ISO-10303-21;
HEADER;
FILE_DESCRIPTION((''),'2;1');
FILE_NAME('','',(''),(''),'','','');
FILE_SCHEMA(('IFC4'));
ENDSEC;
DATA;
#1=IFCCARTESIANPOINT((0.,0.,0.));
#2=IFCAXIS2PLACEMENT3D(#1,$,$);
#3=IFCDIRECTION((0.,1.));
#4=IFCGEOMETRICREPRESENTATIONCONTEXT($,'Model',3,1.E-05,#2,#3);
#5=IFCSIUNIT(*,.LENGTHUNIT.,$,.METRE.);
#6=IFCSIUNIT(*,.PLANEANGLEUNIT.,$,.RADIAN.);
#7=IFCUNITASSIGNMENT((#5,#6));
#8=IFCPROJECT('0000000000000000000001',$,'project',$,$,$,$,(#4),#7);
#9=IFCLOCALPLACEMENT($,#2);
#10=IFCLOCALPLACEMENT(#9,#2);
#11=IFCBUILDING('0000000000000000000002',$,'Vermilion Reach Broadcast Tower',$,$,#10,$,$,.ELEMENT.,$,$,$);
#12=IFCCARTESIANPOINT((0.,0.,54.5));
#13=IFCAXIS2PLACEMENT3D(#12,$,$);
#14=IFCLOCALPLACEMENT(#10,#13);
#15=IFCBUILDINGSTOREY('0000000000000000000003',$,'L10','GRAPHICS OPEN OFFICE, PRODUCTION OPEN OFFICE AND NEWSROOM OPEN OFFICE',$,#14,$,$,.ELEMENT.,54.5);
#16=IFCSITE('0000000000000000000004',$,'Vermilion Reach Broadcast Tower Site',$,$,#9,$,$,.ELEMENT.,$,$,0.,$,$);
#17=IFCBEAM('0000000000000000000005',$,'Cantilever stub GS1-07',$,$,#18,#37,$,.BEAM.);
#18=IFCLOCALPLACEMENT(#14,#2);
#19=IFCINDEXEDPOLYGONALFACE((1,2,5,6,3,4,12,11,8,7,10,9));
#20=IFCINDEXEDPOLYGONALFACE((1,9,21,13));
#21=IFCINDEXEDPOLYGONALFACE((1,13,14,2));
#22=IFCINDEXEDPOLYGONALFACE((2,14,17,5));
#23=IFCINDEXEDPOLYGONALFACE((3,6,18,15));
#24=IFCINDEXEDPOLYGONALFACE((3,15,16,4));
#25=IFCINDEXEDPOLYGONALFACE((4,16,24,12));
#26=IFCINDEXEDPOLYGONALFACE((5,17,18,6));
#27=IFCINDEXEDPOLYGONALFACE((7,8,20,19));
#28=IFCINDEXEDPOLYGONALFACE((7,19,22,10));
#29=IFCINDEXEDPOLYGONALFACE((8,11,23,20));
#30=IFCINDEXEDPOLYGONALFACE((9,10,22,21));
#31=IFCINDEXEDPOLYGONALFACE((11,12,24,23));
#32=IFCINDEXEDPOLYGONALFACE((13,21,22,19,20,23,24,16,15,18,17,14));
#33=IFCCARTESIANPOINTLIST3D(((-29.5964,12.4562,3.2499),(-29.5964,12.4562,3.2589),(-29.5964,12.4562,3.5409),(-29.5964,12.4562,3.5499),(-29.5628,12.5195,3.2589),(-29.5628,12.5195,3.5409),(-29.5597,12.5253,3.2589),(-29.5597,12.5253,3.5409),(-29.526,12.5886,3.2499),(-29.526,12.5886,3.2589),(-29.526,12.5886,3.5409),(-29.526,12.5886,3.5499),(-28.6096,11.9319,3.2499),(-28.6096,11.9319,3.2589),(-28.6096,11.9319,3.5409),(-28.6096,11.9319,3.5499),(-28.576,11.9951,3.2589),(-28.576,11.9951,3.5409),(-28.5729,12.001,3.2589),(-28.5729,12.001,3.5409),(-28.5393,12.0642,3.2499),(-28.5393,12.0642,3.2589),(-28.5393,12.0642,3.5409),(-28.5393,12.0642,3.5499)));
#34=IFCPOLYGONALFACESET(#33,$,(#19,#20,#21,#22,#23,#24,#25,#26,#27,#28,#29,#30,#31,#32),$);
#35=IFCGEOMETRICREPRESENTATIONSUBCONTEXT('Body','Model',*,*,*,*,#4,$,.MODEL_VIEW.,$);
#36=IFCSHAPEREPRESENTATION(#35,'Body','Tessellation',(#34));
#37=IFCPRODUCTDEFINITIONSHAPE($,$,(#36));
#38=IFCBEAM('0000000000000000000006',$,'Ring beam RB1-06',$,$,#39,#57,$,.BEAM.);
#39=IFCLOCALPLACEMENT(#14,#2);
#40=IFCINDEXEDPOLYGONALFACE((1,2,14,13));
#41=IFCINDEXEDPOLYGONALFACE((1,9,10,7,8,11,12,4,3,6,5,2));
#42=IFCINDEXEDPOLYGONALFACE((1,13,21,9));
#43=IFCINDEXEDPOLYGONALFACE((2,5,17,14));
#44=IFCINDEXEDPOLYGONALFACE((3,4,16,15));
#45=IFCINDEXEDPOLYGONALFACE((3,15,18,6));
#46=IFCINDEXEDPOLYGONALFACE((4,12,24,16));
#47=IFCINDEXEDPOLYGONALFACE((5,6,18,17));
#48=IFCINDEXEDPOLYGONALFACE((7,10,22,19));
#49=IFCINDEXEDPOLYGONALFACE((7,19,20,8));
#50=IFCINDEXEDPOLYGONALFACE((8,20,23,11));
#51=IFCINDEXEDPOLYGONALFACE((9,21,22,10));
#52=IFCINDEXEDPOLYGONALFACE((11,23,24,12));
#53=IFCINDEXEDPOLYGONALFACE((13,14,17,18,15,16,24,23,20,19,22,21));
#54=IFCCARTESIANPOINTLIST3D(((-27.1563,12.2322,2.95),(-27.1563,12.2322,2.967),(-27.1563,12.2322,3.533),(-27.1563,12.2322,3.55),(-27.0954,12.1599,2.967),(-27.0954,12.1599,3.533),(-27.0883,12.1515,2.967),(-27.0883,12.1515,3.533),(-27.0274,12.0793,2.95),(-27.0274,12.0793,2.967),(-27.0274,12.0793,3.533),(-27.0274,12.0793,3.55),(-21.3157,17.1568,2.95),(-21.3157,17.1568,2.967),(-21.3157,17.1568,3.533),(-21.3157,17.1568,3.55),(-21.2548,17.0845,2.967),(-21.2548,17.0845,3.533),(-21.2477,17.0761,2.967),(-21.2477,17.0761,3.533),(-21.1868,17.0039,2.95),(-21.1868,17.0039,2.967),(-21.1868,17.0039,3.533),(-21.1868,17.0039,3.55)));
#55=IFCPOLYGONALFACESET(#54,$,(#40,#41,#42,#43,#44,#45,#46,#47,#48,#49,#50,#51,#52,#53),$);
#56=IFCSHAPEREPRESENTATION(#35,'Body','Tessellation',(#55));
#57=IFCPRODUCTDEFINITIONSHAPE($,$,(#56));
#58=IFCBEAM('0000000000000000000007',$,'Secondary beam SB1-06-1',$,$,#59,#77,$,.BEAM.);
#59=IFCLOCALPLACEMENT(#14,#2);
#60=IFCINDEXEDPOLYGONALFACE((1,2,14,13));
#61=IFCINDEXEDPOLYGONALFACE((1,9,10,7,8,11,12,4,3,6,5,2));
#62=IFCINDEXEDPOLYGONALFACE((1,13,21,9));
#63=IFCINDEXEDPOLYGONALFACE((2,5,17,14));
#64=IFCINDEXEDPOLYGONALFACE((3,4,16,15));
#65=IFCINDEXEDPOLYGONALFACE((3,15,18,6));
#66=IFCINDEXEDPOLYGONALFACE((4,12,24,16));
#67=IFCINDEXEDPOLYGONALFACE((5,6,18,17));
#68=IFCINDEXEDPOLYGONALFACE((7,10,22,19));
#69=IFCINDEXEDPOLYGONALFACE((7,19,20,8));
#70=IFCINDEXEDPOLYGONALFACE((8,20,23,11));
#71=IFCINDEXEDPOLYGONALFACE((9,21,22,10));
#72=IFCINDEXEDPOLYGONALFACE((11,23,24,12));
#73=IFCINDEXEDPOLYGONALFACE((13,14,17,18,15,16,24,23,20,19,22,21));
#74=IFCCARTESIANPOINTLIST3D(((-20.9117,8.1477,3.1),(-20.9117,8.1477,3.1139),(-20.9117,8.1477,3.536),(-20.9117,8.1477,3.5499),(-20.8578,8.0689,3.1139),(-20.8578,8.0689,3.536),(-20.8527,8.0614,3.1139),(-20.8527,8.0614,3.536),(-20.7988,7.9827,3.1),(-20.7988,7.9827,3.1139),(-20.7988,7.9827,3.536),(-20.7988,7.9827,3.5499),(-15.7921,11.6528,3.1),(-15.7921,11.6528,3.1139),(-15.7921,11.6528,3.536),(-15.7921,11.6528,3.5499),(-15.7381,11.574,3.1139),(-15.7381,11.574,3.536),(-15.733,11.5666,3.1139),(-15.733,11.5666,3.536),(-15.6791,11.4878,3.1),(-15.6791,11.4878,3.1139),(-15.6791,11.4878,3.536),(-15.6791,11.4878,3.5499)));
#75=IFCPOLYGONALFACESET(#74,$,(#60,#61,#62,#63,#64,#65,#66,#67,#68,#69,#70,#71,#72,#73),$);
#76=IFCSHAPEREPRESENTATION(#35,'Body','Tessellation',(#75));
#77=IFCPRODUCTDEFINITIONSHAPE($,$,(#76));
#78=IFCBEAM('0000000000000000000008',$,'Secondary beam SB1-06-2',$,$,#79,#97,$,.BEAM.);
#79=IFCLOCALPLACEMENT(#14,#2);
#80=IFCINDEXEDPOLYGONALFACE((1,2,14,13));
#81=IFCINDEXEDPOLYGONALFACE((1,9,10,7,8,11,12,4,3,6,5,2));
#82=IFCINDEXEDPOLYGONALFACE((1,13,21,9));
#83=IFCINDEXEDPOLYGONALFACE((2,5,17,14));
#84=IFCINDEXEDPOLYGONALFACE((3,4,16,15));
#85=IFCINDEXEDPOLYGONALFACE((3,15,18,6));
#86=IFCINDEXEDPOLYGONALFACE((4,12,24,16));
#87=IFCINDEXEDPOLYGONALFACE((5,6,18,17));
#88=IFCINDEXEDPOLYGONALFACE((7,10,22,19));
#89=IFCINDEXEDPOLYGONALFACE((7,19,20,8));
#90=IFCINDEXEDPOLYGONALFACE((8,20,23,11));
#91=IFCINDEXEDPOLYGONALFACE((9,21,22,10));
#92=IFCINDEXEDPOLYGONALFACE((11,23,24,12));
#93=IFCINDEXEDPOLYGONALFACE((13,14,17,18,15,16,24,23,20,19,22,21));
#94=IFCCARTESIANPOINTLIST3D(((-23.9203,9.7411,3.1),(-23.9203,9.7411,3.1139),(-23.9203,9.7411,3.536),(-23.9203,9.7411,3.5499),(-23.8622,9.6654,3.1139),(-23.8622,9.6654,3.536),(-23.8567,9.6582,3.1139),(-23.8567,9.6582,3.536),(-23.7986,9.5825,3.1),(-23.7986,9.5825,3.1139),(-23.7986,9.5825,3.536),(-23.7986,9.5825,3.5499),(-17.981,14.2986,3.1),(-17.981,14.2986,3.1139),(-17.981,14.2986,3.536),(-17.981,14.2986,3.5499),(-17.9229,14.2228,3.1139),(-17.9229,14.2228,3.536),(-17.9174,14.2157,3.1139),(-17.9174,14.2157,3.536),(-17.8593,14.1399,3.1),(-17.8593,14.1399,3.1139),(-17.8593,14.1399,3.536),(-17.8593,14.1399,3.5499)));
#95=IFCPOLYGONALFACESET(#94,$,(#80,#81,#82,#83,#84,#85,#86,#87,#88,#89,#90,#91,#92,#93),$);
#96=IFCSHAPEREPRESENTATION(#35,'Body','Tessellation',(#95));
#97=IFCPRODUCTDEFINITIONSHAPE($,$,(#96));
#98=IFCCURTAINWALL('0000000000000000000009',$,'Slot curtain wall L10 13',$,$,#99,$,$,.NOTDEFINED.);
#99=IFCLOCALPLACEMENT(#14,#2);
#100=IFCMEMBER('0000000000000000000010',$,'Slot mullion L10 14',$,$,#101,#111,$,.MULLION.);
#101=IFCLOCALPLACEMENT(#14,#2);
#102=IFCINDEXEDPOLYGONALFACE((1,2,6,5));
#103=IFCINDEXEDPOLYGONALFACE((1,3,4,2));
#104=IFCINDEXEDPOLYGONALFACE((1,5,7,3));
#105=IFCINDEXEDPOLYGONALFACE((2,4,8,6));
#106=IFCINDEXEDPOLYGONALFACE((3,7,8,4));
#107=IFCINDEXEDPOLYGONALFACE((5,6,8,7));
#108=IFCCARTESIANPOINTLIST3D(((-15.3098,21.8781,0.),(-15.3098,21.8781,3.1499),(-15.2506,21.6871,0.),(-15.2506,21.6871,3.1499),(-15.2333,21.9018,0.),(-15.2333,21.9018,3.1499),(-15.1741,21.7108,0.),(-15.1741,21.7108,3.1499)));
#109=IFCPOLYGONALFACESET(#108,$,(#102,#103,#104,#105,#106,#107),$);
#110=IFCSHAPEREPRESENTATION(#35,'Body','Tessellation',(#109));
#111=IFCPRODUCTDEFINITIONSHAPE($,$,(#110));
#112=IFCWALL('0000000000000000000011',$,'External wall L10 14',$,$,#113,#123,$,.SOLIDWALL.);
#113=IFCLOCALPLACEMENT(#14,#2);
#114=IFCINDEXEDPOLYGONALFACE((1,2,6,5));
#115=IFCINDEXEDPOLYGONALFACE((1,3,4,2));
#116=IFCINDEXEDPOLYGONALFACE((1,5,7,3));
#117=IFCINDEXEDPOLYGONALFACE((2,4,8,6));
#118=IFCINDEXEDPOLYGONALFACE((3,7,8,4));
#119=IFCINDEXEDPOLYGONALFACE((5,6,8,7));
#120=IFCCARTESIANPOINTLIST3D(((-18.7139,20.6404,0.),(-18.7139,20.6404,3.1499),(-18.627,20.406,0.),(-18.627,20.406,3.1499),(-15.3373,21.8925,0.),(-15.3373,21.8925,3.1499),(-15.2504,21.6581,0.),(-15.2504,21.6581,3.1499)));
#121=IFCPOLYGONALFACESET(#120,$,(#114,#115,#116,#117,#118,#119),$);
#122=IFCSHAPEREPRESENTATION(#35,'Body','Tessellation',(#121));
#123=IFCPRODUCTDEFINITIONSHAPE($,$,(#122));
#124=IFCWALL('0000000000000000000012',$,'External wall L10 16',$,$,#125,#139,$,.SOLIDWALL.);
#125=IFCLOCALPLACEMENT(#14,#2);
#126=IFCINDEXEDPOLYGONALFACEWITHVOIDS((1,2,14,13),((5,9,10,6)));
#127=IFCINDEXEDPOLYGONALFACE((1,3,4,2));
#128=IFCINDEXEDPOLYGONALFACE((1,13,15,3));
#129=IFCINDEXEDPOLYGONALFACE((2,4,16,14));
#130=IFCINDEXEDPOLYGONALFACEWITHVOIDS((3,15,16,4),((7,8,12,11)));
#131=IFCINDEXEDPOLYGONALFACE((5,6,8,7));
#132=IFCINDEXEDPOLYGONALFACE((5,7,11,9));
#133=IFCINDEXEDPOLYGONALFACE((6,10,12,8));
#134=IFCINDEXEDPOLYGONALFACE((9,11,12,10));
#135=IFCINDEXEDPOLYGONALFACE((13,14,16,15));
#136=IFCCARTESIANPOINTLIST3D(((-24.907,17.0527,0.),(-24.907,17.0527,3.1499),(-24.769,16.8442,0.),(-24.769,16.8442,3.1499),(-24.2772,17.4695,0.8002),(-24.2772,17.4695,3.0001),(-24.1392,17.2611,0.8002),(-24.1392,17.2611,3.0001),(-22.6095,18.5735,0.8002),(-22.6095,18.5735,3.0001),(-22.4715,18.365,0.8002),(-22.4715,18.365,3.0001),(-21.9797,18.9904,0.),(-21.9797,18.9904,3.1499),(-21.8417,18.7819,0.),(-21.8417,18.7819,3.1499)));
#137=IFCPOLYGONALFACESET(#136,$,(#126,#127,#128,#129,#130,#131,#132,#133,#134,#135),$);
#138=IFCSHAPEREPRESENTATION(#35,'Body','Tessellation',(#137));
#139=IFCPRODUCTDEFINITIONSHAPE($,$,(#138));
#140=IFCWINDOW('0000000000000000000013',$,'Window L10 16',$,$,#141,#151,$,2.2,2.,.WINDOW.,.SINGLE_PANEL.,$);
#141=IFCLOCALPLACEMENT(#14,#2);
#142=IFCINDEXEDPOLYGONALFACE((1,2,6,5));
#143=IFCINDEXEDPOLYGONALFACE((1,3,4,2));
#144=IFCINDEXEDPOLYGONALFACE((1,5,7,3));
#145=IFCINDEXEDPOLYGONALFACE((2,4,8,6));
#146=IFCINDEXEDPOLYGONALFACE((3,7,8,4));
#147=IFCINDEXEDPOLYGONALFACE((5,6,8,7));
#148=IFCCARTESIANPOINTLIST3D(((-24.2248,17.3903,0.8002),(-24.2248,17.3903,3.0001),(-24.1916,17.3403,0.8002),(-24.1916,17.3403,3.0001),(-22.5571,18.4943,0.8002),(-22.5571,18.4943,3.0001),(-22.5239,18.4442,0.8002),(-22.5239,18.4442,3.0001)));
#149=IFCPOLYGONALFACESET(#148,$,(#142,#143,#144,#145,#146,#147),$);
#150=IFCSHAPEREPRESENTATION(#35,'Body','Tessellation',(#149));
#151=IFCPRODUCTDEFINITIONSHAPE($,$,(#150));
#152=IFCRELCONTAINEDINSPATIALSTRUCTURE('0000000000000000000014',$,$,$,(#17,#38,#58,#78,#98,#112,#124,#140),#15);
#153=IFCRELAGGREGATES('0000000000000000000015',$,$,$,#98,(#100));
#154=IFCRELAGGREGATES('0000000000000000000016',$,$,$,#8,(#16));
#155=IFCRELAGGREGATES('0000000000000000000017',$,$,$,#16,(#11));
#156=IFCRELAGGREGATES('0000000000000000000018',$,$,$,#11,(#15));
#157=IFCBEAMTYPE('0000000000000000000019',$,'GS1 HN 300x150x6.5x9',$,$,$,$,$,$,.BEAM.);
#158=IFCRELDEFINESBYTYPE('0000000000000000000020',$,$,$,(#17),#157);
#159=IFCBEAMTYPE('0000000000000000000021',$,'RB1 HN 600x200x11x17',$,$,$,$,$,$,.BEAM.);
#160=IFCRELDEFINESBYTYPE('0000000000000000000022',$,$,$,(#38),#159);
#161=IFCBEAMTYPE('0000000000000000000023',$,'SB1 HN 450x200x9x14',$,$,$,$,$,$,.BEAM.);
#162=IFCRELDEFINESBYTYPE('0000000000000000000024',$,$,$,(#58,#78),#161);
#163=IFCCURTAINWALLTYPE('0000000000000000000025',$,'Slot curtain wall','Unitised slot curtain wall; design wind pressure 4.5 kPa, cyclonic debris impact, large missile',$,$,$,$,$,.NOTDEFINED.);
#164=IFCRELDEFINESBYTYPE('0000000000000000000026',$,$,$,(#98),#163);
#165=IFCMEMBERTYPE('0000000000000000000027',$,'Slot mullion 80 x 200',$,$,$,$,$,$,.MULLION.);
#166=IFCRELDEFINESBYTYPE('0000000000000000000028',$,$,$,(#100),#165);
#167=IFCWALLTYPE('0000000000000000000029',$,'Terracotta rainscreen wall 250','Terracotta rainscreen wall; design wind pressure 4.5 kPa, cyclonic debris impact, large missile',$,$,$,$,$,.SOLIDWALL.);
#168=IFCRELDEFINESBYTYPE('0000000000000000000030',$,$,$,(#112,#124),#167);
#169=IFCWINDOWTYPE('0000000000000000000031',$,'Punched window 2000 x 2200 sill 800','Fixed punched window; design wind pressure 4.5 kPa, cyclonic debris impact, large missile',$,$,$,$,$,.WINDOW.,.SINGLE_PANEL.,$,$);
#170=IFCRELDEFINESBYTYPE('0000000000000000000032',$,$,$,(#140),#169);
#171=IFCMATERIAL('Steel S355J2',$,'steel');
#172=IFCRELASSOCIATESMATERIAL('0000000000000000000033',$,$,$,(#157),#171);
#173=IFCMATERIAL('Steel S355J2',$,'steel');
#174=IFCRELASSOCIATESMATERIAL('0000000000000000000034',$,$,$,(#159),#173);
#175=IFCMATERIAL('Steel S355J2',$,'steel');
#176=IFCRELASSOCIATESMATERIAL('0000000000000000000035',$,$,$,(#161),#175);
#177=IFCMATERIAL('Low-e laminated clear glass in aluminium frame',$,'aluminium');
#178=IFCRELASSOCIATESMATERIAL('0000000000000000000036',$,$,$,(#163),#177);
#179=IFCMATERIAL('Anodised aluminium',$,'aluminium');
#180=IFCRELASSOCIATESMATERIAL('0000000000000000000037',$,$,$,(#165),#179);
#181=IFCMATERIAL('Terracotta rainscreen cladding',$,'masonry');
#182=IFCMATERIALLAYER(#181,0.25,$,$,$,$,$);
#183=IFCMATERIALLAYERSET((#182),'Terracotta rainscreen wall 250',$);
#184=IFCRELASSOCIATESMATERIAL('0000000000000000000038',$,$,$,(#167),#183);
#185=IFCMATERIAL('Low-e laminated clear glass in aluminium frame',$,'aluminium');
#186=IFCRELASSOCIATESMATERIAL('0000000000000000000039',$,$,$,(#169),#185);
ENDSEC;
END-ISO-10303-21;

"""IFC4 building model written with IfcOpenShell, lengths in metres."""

from ifc_helpers import new_model, si_unit, direction, frame, frame_2d, origin, origin_2d, place, context, subcontext, project, spatial, rectangle, i_section, extrude, material, layer, layer_set, material_profile, profile_set, type_object, element, fill, aggregate, save


model = new_model("IFC4")

# Units and contexts
model_context = context("Model", 3, precision=1e-05, world=origin(), true_north=direction((0.0, 1.0)))
body_context = subcontext(model_context, "Body", "Model", "MODEL_VIEW")
ifc_project = project(units=[si_unit("LENGTHUNIT", "METRE"), si_unit("PLANEANGLEUNIT", "RADIAN")], contexts=[model_context])

# Site, building, storey
site_placement = place(None, origin())
site = spatial("IfcSite", under=ifc_project, at=site_placement, Name="Vermilion Reach Broadcast Tower Site", CompositionType="ELEMENT", RefElevation=0.0)
building_placement = place(site_placement, origin())
building = spatial("IfcBuilding", under=site, at=building_placement, Name="Vermilion Reach Broadcast Tower", CompositionType="ELEMENT")
storey_placement = place(building_placement, frame((0.0, 0.0, 54.5)))
storey = spatial("IfcBuildingStorey", under=building, at=storey_placement, Name="L10", Description="GRAPHICS OPEN OFFICE, PRODUCTION OPEN OFFICE AND NEWSROOM OPEN OFFICE", CompositionType="ELEMENT", Elevation=54.5)

# Beams
ifc_material_1 = material(Name="Steel S355J2", Category="steel")
ifc_material_profile_1 = material_profile(ifc_material_1, i_section(OverallWidth=0.1499, OverallDepth=0.3, WebThickness=0.0066, FlangeThickness=0.009, at=origin_2d()), Name="S355J2 HN 300x150x6.5x9")
ifc_profile_set_1 = profile_set([ifc_material_profile_1], Name="Steel S355J2")
beam_type_1 = type_object("IfcBeamType", Name="GS1 HN 300x150x6.5x9", PredefinedType="BEAM", material=ifc_profile_set_1)
beam_1_placement = place(storey_placement, frame((-28.5745, 11.998, 3.3999), z_axis=(-0.883053, 0.469272, 0.0), x_axis=(-0.469272, -0.883053, 0.0)))
element("IfcBeam", 1, at=beam_1_placement, inside=storey, type_object=beam_type_1, Name="Cantilever stub GS1-07", PredefinedType="BEAM", context=body_context, shape_type="SweptSolid", body=[
    extrude(i_section(OverallWidth=0.1499, OverallDepth=0.3, WebThickness=0.0066, FlangeThickness=0.009, at=origin_2d()), origin(), (0.0, 0.0, 1.0), 1.1174),
])
ifc_material_2 = material(Name="Steel S355J2", Category="steel")
ifc_material_profile_2 = material_profile(ifc_material_2, i_section(OverallWidth=0.2, OverallDepth=0.6001, WebThickness=0.011, FlangeThickness=0.0171, at=origin_2d()), Name="S355J2 HN 600x200x11x17")
ifc_profile_set_2 = profile_set([ifc_material_profile_2], Name="Steel S355J2")
beam_type_2 = type_object("IfcBeamType", Name="RB1 HN 600x200x11x17", PredefinedType="BEAM", material=ifc_profile_set_2)
beam_2_placement = place(storey_placement, frame((-21.2512, 17.0803, 3.25), z_axis=(-0.764512, -0.644609, 0.0), x_axis=(0.644609, -0.764512, 0.0)))
element("IfcBeam", 2, at=beam_2_placement, inside=storey, type_object=beam_type_2, Name="Ring beam RB1-06", PredefinedType="BEAM", context=body_context, shape_type="SweptSolid", body=[
    extrude(i_section(OverallWidth=0.2, OverallDepth=0.6001, WebThickness=0.011, FlangeThickness=0.0171, at=origin_2d()), origin(), (0.0, 0.0, 1.0), 7.6396),
])
ifc_material_3 = material(Name="Steel S355J2", Category="steel")
ifc_material_profile_3 = material_profile(ifc_material_3, i_section(OverallWidth=0.2, OverallDepth=0.45, WebThickness=0.009, FlangeThickness=0.0139, at=origin_2d()), Name="S355J2 HN 450x200x9x14")
ifc_profile_set_3 = profile_set([ifc_material_profile_3], Name="Steel S355J2")
beam_type_3 = type_object("IfcBeamType", Name="SB1 HN 450x200x9x14", PredefinedType="BEAM", material=ifc_profile_set_3)
beam_3_placement = place(storey_placement, frame((-15.7356, 11.5703, 3.325), z_axis=(-0.82514, -0.564928, 0.0), x_axis=(0.564928, -0.82514, 0.0)))
element("IfcBeam", 3, at=beam_3_placement, inside=storey, type_object=beam_type_3, Name="Secondary beam SB1-06-1", PredefinedType="BEAM", context=body_context, shape_type="SweptSolid", body=[
    extrude(i_section(OverallWidth=0.2, OverallDepth=0.45, WebThickness=0.009, FlangeThickness=0.0139, at=origin_2d()), origin(), (0.0, 0.0, 1.0), 6.2046),
])
beam_4_placement = place(storey_placement, frame((-17.9202, 14.2192, 3.325), z_axis=(-0.79335, -0.608766, 0.0), x_axis=(0.608766, -0.79335, 0.0)))
element("IfcBeam", 4, at=beam_4_placement, inside=storey, type_object=beam_type_3, Name="Secondary beam SB1-06-2", PredefinedType="BEAM", context=body_context, shape_type="SweptSolid", body=[
    extrude(i_section(OverallWidth=0.2, OverallDepth=0.45, WebThickness=0.009, FlangeThickness=0.0139, at=origin_2d()), origin(), (0.0, 0.0, 1.0), 7.4863),
])

# Curtain wall, member
ifc_material_4 = material(Name="Low-e laminated clear glass in aluminium frame", Category="aluminium")
curtain_wall_type = type_object("IfcCurtainWallType", Name="Slot curtain wall", Description="Unitised slot curtain wall; design wind pressure 4.5 kPa, cyclonic debris impact, large missile", PredefinedType="NOTDEFINED", material=ifc_material_4)
curtain_wall_placement = place(storey_placement, origin())
curtain_wall = element("IfcCurtainWall", 5, at=curtain_wall_placement, inside=storey, type_object=curtain_wall_type, Name="Slot curtain wall L10 13", PredefinedType="NOTDEFINED")
ifc_material_5 = material(Name="Anodised aluminium", Category="aluminium")
ifc_material_profile_4 = material_profile(ifc_material_5, rectangle(XDim=0.2, YDim=0.0801, at=origin_2d()), Name="Slot mullion 80 x 200")
ifc_profile_set_4 = profile_set([ifc_material_profile_4], Name="Anodised aluminium")
member_type = type_object("IfcMemberType", Name="Slot mullion 80 x 200", PredefinedType="MULLION", material=ifc_profile_set_4)
member_placement = place(storey_placement, frame((-15.2419, 21.7944, 0.0), z_axis=(0.0, 0.0, 1.0), x_axis=(0.295725, -0.955273, 0.0)))
member = element("IfcMember", 6, at=member_placement, type_object=member_type, Name="Slot mullion L10 14", PredefinedType="MULLION", context=body_context, shape_type="SweptSolid", body=[
    extrude(rectangle(XDim=0.2, YDim=0.0801, at=origin_2d()), origin(), (0.0, 0.0, 1.0), 3.1499),
])
aggregate(curtain_wall, [member])

# Wall
ifc_material_6 = material(Name="Terracotta rainscreen cladding", Category="masonry")
ifc_layer = layer(ifc_material_6, 0.25)
ifc_layer_set = layer_set([ifc_layer], Name="Terracotta rainscreen wall 250")
wall_type = type_object("IfcWallType", Name="Terracotta rainscreen wall 250", Description="Terracotta rainscreen wall; design wind pressure 4.5 kPa, cyclonic debris impact, large missile", PredefinedType="SOLIDWALL", material=ifc_layer_set)
wall_1_placement = place(storey_placement, frame((-15.2937, 21.7754, 0.0), z_axis=(0.0, 0.0, 1.0), x_axis=(-0.937607, -0.347696, 0.0)))
element("IfcWall", 7, at=wall_1_placement, inside=storey, type_object=wall_type, Name="External wall L10 14", PredefinedType="SOLIDWALL", context=body_context, shape_type="SweptSolid", body=[
    extrude(rectangle(XDim=3.6013, YDim=0.25, at=frame_2d((1.8008, 0.0))), origin(), (0.0, 0.0, 1.0), 3.1499),
])

# Wall, opening, window
wall_2_placement = place(storey_placement, frame((-21.9106, 18.8862, 0.0), z_axis=(0.0, 0.0, 1.0), x_axis=(-0.833854, -0.551985, 0.0)))
wall_2 = element("IfcWall", 8, at=wall_2_placement, inside=storey, type_object=wall_type, Name="External wall L10 16", PredefinedType="SOLIDWALL", context=body_context, shape_type="SweptSolid", body=[
    extrude(rectangle(XDim=3.5105, YDim=0.25, at=frame_2d((1.7554, 0.0))), origin(), (0.0, 0.0, 1.0), 3.1499),
])
opening_1_placement = place(wall_2_placement, frame((0.7554, 0.0, 0.8)))
opening_1 = element("IfcOpeningElement", 9, at=opening_1_placement, cuts=wall_2, PredefinedType="OPENING", context=body_context, shape_type="SweptSolid", body=[
    extrude(rectangle(XDim=2.0, YDim=2.2, at=frame_2d((1.0, 1.1001))), frame((0.0, 0.135, 0.0), z_axis=(0.0, -1.0, 0.0), x_axis=(1.0, 0.0, 0.0)), (0.0, 0.0, 1.0), 0.27),
])
ifc_material_7 = material(Name="Low-e laminated clear glass in aluminium frame", Category="aluminium")
window_type = type_object("IfcWindowType", Name="Punched window 2000 x 2200 sill 800", Description="Fixed punched window; design wind pressure 4.5 kPa, cyclonic debris impact, large missile", PartitioningType="SINGLE_PANEL", PredefinedType="WINDOW", material=ifc_material_7)
window_1_placement = place(opening_1_placement, origin())
window_1 = element("IfcWindow", 10, at=window_1_placement, inside=storey, type_object=window_type, Name="Window L10 16", OverallHeight=2.2, OverallWidth=2.0, PartitioningType="SINGLE_PANEL", PredefinedType="WINDOW", context=body_context, shape_type="SweptSolid", body=[
    extrude(rectangle(XDim=2.0, YDim=2.2, at=frame_2d((1.0, 1.1001))), frame((0.0, 0.03, 0.0), z_axis=(0.0, -1.0, 0.0), x_axis=(1.0, 0.0, 0.0)), (0.0, 0.0, 1.0), 0.0601),
])
fill(opening_1, window_1)

save(model, "model.ifc")
